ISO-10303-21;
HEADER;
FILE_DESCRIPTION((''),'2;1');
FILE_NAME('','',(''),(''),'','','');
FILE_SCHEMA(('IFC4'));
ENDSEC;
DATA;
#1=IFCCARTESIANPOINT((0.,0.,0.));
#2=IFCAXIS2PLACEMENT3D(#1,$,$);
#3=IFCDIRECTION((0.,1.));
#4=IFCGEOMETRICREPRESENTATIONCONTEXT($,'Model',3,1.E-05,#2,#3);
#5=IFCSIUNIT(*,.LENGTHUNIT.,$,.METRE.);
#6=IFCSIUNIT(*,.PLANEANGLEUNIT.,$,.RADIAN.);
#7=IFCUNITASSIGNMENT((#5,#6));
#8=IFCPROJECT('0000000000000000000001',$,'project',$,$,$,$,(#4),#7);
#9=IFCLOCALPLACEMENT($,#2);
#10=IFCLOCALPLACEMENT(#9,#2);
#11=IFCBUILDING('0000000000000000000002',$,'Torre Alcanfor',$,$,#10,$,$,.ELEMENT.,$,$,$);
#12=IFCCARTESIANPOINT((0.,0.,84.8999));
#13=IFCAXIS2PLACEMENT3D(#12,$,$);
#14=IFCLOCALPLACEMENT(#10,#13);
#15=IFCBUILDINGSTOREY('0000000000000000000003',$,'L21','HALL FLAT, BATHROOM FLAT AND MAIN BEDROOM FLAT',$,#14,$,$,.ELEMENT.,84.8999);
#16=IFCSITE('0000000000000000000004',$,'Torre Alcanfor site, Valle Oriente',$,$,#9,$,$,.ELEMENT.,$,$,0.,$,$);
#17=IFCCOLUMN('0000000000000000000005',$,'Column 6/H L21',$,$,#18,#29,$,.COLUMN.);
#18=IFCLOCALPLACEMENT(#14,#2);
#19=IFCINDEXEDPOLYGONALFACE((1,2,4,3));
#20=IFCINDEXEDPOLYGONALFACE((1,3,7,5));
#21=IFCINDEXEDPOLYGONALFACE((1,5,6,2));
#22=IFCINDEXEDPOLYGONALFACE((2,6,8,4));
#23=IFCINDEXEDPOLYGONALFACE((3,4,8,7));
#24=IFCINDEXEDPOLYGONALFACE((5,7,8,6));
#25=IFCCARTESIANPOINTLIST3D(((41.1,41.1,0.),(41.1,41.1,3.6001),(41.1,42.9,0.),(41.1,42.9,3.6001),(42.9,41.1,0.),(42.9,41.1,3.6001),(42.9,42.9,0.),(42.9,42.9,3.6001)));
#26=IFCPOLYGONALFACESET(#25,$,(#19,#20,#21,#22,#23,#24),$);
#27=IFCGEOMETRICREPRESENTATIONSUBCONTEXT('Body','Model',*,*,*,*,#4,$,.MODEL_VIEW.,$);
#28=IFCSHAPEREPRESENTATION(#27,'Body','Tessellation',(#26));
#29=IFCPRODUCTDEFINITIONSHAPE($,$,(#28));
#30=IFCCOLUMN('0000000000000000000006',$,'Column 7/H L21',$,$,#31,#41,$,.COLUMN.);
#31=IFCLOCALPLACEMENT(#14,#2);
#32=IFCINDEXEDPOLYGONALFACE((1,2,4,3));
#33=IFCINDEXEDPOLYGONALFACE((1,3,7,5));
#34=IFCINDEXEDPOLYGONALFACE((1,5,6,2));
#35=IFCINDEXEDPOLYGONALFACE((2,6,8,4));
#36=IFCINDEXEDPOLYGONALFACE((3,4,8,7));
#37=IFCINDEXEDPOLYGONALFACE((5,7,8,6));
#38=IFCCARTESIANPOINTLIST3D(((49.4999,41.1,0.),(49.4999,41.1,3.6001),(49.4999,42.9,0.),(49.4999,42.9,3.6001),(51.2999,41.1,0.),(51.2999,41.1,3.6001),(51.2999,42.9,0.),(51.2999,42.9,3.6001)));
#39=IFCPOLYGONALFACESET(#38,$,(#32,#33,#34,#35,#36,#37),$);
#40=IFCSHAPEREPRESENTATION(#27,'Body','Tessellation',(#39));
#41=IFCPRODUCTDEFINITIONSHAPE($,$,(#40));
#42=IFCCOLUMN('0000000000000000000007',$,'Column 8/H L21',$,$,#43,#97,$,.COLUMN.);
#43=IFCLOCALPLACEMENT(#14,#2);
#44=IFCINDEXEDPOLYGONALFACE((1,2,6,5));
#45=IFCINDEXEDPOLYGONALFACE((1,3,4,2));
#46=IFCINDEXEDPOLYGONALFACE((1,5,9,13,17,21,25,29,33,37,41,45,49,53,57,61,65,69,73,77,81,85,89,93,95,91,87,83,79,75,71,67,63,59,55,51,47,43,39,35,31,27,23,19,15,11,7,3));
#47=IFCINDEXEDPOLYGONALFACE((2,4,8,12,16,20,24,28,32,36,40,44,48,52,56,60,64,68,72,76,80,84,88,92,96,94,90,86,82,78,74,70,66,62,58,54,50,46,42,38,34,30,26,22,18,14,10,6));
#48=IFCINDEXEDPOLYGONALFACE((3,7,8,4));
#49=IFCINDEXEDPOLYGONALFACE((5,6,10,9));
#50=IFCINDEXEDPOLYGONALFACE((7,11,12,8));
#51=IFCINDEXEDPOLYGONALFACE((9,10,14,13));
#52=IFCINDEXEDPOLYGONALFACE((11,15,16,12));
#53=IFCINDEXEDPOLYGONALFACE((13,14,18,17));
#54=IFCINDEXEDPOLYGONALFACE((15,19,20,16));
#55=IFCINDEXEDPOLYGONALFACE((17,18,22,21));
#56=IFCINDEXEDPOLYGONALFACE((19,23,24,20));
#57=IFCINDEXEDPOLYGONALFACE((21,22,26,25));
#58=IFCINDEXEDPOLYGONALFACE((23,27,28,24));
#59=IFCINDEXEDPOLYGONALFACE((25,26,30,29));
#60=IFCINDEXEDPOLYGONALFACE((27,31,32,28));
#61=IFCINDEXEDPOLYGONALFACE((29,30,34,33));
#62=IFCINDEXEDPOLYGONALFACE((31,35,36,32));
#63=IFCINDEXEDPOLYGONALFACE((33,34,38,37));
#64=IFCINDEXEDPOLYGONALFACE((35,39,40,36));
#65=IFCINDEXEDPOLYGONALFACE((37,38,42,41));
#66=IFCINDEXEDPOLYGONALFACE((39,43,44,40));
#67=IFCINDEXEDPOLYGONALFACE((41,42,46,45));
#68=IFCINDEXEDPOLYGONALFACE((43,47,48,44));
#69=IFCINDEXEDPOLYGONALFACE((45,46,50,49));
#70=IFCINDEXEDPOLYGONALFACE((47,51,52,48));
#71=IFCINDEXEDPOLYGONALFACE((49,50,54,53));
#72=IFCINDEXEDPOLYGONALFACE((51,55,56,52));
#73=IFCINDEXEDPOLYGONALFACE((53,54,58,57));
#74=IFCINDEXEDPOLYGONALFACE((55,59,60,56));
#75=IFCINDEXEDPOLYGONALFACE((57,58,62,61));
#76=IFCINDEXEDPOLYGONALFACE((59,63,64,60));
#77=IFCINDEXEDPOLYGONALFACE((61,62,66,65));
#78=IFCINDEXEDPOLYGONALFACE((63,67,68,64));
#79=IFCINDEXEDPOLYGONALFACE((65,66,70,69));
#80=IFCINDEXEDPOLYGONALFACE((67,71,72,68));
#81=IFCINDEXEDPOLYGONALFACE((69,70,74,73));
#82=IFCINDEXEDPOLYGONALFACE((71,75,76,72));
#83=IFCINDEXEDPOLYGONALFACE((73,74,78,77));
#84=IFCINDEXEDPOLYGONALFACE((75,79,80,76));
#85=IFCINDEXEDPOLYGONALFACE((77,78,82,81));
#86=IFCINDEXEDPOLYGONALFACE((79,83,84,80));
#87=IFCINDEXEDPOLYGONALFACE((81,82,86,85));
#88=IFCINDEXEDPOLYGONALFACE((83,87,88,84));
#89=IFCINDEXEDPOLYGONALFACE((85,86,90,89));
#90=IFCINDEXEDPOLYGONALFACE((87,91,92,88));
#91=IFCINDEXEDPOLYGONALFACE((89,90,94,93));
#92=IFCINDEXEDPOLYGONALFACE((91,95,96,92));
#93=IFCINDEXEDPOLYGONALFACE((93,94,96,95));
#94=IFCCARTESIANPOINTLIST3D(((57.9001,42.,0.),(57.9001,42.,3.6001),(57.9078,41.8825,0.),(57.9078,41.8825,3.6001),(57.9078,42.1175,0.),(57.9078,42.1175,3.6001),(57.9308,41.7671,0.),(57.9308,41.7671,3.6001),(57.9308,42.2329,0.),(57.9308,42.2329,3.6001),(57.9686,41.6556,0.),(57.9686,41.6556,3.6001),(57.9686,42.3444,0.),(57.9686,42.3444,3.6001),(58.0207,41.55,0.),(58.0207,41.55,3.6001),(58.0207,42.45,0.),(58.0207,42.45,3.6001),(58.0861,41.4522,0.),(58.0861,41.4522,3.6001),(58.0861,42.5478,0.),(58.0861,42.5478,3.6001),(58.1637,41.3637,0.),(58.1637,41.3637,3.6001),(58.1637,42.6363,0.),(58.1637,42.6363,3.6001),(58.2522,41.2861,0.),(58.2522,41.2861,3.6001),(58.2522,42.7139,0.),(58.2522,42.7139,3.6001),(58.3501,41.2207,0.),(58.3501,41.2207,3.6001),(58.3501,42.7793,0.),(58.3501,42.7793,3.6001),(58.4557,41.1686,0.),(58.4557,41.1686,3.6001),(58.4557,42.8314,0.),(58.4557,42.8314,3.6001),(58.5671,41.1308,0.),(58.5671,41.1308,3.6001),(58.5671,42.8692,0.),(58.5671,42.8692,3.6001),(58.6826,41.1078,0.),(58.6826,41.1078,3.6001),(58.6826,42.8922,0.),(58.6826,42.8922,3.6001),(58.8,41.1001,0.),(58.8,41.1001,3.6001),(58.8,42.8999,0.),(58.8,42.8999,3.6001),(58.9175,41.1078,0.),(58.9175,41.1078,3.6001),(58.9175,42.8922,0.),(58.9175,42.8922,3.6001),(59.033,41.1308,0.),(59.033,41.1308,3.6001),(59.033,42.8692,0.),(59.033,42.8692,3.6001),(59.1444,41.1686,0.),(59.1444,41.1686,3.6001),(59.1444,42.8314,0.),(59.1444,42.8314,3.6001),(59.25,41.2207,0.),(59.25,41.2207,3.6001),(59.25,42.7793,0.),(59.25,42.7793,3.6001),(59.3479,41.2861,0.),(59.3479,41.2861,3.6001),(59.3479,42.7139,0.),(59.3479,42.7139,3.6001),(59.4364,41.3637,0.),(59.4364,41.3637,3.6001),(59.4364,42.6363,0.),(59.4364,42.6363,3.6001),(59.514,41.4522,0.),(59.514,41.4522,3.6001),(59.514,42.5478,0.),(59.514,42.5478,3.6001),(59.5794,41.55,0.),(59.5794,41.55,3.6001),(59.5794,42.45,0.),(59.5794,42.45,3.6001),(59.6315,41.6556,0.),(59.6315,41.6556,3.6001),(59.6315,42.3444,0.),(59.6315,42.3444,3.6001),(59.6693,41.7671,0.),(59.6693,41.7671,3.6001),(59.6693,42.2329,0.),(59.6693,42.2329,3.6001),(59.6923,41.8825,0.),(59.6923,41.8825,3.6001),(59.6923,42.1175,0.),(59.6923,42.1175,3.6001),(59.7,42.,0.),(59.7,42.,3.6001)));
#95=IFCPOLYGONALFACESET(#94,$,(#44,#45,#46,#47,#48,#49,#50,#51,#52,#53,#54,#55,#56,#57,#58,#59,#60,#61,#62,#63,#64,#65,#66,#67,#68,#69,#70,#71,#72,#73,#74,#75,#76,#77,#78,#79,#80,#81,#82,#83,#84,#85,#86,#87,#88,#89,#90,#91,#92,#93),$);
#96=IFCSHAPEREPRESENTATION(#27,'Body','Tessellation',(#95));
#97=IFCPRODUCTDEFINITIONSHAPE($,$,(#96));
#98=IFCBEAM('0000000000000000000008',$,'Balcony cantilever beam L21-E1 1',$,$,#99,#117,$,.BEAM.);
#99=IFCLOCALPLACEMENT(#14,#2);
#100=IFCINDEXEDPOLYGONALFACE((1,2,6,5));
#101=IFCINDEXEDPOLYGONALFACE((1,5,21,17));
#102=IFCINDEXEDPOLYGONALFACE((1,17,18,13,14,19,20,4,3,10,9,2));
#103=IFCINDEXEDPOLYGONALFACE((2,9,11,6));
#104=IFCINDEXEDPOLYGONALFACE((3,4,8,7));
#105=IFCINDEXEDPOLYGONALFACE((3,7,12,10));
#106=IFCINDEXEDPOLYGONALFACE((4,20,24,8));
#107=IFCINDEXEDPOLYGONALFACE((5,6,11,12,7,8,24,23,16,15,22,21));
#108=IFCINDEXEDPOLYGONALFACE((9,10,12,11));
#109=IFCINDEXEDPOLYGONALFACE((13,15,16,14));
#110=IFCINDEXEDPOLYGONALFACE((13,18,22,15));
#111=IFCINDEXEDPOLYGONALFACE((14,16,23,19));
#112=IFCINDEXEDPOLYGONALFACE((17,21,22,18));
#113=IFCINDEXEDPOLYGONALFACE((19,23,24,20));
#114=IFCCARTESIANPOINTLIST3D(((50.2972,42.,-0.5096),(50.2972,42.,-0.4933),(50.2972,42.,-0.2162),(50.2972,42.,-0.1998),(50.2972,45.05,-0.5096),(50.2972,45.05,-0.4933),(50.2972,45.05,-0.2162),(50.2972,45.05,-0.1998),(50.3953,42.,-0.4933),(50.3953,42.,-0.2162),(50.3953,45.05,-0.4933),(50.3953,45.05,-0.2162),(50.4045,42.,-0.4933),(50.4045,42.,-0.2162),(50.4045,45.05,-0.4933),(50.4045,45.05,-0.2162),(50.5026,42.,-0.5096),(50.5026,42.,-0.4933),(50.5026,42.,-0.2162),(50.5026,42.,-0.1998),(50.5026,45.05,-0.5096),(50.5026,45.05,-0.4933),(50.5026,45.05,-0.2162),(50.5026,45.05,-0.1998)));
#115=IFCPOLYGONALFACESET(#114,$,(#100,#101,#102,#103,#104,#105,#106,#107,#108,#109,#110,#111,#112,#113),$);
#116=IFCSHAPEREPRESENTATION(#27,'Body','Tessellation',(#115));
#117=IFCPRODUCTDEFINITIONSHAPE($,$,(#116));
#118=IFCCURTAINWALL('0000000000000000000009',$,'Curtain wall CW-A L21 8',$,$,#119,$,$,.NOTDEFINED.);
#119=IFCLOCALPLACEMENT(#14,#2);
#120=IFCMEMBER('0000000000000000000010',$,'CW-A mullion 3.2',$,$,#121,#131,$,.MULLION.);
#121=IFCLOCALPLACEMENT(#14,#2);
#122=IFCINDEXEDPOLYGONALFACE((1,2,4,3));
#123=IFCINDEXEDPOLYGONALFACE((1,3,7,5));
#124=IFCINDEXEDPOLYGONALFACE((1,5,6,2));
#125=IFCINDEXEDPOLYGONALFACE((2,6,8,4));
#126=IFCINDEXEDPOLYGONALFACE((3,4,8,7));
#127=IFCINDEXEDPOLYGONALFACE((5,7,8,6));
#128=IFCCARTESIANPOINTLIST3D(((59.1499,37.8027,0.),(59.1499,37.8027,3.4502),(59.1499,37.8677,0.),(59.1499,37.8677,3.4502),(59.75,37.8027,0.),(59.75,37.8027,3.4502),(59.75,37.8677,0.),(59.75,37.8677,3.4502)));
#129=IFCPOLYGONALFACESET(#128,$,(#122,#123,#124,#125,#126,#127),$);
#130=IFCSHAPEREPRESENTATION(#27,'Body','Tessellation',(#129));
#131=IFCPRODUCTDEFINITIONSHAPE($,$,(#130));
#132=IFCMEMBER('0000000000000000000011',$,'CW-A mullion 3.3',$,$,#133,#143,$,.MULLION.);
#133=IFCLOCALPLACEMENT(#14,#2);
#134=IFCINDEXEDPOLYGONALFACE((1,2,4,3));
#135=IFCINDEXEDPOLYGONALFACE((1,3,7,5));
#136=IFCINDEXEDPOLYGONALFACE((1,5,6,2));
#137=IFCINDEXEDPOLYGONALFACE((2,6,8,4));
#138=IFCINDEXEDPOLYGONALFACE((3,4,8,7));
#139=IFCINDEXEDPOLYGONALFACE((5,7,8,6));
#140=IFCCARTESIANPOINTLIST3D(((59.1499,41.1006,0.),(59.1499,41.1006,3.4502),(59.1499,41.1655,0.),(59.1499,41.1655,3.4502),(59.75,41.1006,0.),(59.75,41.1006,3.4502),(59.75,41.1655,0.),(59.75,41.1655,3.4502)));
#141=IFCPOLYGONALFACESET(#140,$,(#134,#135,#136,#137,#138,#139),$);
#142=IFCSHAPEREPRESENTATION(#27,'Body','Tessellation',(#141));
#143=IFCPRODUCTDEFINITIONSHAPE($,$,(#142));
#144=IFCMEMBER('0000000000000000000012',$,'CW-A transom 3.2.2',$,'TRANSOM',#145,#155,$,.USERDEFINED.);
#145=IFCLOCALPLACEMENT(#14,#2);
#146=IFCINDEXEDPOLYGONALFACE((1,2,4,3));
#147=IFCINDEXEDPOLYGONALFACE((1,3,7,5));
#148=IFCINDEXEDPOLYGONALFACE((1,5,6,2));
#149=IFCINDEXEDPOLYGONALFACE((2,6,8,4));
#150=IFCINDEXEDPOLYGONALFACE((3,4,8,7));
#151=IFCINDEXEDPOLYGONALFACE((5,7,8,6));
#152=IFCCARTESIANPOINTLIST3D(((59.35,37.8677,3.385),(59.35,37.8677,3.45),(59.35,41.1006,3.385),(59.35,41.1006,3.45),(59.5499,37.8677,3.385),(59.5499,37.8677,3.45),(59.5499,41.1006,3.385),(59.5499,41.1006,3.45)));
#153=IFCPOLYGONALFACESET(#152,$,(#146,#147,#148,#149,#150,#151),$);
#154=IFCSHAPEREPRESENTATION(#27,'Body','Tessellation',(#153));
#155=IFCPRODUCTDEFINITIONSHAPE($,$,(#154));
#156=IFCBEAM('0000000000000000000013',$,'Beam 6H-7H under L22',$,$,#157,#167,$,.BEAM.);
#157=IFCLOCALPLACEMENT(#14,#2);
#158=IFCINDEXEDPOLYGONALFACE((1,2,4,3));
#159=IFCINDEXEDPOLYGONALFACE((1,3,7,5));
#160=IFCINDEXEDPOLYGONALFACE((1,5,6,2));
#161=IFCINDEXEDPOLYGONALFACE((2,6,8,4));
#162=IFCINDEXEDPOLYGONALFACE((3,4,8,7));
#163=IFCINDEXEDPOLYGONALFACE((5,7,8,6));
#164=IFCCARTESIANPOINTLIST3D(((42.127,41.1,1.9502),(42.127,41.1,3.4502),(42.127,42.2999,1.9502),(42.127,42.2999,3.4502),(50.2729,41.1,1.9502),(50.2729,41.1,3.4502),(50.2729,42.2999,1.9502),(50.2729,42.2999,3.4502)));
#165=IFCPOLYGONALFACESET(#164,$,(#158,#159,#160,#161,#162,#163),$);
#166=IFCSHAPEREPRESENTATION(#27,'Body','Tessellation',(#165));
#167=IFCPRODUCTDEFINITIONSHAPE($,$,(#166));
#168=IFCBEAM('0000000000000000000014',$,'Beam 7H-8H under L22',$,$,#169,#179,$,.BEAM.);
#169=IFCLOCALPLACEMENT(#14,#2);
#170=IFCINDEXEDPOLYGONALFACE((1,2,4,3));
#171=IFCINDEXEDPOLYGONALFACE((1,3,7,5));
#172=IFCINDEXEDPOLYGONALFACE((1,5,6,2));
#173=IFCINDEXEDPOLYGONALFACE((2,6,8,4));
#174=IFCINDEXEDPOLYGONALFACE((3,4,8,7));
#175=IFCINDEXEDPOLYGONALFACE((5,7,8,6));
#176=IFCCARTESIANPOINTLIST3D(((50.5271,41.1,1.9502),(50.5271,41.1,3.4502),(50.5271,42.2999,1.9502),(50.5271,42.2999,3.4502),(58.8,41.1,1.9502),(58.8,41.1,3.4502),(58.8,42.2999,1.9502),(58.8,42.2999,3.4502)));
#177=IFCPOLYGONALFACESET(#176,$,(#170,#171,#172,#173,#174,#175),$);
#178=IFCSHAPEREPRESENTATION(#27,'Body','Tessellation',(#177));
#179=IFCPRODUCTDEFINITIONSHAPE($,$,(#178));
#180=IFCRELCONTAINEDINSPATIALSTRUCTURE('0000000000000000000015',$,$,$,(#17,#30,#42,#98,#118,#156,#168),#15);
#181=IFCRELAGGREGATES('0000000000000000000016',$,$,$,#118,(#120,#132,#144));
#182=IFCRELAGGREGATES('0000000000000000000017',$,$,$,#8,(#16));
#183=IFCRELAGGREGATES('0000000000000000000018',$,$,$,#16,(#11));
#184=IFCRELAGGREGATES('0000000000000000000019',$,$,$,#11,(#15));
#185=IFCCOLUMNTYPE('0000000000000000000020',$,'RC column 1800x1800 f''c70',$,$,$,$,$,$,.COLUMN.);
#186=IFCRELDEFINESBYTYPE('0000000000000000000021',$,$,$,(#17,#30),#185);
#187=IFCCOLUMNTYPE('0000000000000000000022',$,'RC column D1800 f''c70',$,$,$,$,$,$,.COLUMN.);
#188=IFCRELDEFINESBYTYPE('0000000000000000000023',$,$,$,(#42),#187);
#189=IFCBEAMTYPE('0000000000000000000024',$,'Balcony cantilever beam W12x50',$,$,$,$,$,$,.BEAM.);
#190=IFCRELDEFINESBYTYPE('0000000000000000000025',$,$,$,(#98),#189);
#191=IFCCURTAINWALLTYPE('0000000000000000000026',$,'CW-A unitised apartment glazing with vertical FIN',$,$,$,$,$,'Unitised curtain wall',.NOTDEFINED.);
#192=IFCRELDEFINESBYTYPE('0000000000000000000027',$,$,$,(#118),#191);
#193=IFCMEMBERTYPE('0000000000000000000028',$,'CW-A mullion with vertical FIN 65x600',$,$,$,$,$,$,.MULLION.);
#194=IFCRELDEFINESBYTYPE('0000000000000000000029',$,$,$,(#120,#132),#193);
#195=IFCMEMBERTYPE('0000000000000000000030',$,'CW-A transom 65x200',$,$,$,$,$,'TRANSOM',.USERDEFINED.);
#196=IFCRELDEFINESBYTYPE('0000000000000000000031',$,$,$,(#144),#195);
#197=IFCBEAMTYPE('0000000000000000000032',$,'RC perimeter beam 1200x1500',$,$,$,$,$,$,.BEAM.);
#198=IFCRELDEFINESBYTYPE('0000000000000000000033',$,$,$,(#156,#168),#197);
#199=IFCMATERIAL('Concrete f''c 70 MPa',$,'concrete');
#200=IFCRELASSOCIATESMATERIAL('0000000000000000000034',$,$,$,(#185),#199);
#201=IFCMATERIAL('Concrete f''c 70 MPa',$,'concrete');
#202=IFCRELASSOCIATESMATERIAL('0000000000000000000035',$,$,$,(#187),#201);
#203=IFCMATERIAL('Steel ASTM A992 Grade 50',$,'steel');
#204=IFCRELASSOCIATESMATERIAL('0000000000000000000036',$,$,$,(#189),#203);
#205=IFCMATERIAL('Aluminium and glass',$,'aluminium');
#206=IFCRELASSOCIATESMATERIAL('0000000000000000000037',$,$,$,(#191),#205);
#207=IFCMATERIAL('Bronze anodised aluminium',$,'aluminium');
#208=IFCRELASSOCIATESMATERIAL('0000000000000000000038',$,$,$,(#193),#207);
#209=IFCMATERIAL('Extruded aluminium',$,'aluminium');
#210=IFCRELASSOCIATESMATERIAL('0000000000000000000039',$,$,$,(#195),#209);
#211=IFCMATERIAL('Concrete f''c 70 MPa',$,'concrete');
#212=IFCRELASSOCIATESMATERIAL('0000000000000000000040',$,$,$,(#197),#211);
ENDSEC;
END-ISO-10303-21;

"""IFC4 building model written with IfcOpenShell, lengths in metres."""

from ifc_helpers import new_model, si_unit, direction, frame, origin, origin_2d, place, context, subcontext, project, spatial, rectangle, circle, i_section, extrude, material, material_profile, profile_set, type_object, element, aggregate, save


model = new_model("IFC4")

# Units and contexts
model_context = context("Model", 3, precision=1e-05, world=origin(), true_north=direction((0.0, 1.0)))
body_context = subcontext(model_context, "Body", "Model", "MODEL_VIEW")
ifc_project = project(units=[si_unit("LENGTHUNIT", "METRE"), si_unit("PLANEANGLEUNIT", "RADIAN")], contexts=[model_context])

# Site, building, storey
site_placement = place(None, origin())
site = spatial("IfcSite", under=ifc_project, at=site_placement, Name="Torre Alcanfor site, Valle Oriente", CompositionType="ELEMENT", RefElevation=0.0)
building_placement = place(site_placement, origin())
building = spatial("IfcBuilding", under=site, at=building_placement, Name="Torre Alcanfor", CompositionType="ELEMENT")
storey_placement = place(building_placement, frame((0.0, 0.0, 84.8999)))
storey = spatial("IfcBuildingStorey", under=building, at=storey_placement, Name="L21", Description="HALL FLAT, BATHROOM FLAT AND MAIN BEDROOM FLAT", CompositionType="ELEMENT", Elevation=84.8999)

# Columns
ifc_material_1 = material(Name="Concrete f'c 70 MPa", Category="concrete")
ifc_material_profile_1 = material_profile(ifc_material_1, rectangle(XDim=1.8, YDim=1.8, at=origin_2d()), Name="1800x1800")
ifc_profile_set_1 = profile_set([ifc_material_profile_1], Name="Concrete f'c 70 MPa")
column_type_1 = type_object("IfcColumnType", Name="RC column 1800x1800 f'c70", PredefinedType="COLUMN", material=ifc_profile_set_1)
for number, where, z_axis, x_axis, name in (
    (1, (42.0, 42.0, 0.0), (0.0, 0.0, 1.0), (1.0, 0.0, 0.0), "Column 6/H L21"),
    (2, (50.3999, 42.0, 0.0), (0.0, 0.0, 1.0), (1.0, 0.0, 0.0), "Column 7/H L21"),
):
    element("IfcColumn", number, at=place(storey_placement, frame(where, z_axis=z_axis, x_axis=x_axis)), inside=storey, type_object=column_type_1, Name=name, PredefinedType="COLUMN", context=body_context, shape_type="SweptSolid", body=[
        extrude(rectangle(XDim=1.8, YDim=1.8, at=origin_2d()), origin(), (0.0, 0.0, 1.0), 3.6001),
    ])
ifc_material_2 = material(Name="Concrete f'c 70 MPa", Category="concrete")
ifc_material_profile_2 = material_profile(ifc_material_2, circle(Radius=0.8999, at=origin_2d()), Name="D1800")
ifc_profile_set_2 = profile_set([ifc_material_profile_2], Name="Concrete f'c 70 MPa")
column_type_2 = type_object("IfcColumnType", Name="RC column D1800 f'c70", PredefinedType="COLUMN", material=ifc_profile_set_2)
column_placement = place(storey_placement, frame((58.8, 42.0, 0.0), z_axis=(0.0, 0.0, 1.0), x_axis=(1.0, 0.0, 0.0)))
element("IfcColumn", 3, at=column_placement, inside=storey, type_object=column_type_2, Name="Column 8/H L21", PredefinedType="COLUMN", context=body_context, shape_type="SweptSolid", body=[
    extrude(circle(Radius=0.8999, at=origin_2d()), origin(), (0.0, 0.0, 1.0), 3.6001),
])

# Beam
ifc_material_3 = material(Name="Steel ASTM A992 Grade 50", Category="steel")
ifc_material_profile_3 = material_profile(ifc_material_3, i_section(OverallWidth=0.2053, OverallDepth=0.3098, WebThickness=0.0093, FlangeThickness=0.0164, at=origin_2d()), Name="W12x50")
ifc_profile_set_3 = profile_set([ifc_material_profile_3], Name="Steel ASTM A992 Grade 50")
beam_type_1 = type_object("IfcBeamType", Name="Balcony cantilever beam W12x50", PredefinedType="BEAM", material=ifc_profile_set_3)
beam_1_placement = place(storey_placement, frame((50.3999, 42.0, -0.3547), z_axis=(0.0, 1.0, 0.0), x_axis=(-1.0, 0.0, 0.0)))
element("IfcBeam", 4, at=beam_1_placement, inside=storey, type_object=beam_type_1, Name="Balcony cantilever beam L21-E1 1", PredefinedType="BEAM", context=body_context, shape_type="SweptSolid", body=[
    extrude(i_section(OverallWidth=0.2053, OverallDepth=0.3098, WebThickness=0.0093, FlangeThickness=0.0164, at=origin_2d()), origin(), (0.0, 0.0, 1.0), 3.05),
])

# Curtain wall, members
ifc_material_4 = material(Name="Aluminium and glass", Category="aluminium")
curtain_wall_type = type_object("IfcCurtainWallType", Name="CW-A unitised apartment glazing with vertical FIN", ElementType="Unitised curtain wall", PredefinedType="NOTDEFINED", material=ifc_material_4)
curtain_wall_placement = place(storey_placement, origin())
curtain_wall = element("IfcCurtainWall", 5, at=curtain_wall_placement, inside=storey, type_object=curtain_wall_type, Name="Curtain wall CW-A L21 8", PredefinedType="NOTDEFINED")
ifc_material_5 = material(Name="Bronze anodised aluminium", Category="aluminium")
ifc_material_profile_4 = material_profile(ifc_material_5, rectangle(XDim=0.6001, YDim=0.0649, at=origin_2d()), Name="CW-A mullion 65x600")
ifc_profile_set_4 = profile_set([ifc_material_profile_4], Name="Bronze anodised aluminium")
member_type_1 = type_object("IfcMemberType", Name="CW-A mullion with vertical FIN 65x600", PredefinedType="MULLION", material=ifc_profile_set_4)
member_1_placement = place(storey_placement, frame((59.45, 37.8352, 0.0), z_axis=(0.0, 0.0, 1.0), x_axis=(-1.0, 0.0, 0.0)))
member_1 = element("IfcMember", 6, at=member_1_placement, type_object=member_type_1, Name="CW-A mullion 3.2", PredefinedType="MULLION", context=body_context, shape_type="SweptSolid", body=[
    extrude(rectangle(XDim=0.6001, YDim=0.0649, at=origin_2d()), origin(), (0.0, 0.0, 1.0), 3.4502),
])
member_2_placement = place(storey_placement, frame((59.45, 41.1331, 0.0), z_axis=(0.0, 0.0, 1.0), x_axis=(-1.0, 0.0, 0.0)))
member_2 = element("IfcMember", 7, at=member_2_placement, type_object=member_type_1, Name="CW-A mullion 3.3", PredefinedType="MULLION", context=body_context, shape_type="SweptSolid", body=[
    extrude(rectangle(XDim=0.6001, YDim=0.0649, at=origin_2d()), origin(), (0.0, 0.0, 1.0), 3.4502),
])
ifc_material_6 = material(Name="Extruded aluminium", Category="aluminium")
ifc_material_profile_5 = material_profile(ifc_material_6, rectangle(XDim=0.2, YDim=0.0649, at=origin_2d()), Name="CW-A transom 200x65")
ifc_profile_set_5 = profile_set([ifc_material_profile_5], Name="Extruded aluminium")
member_type_2 = type_object("IfcMemberType", Name="CW-A transom 65x200", ElementType="TRANSOM", PredefinedType="USERDEFINED", material=ifc_profile_set_5)
member_3_placement = place(storey_placement, frame((59.45, 37.8677, 3.4175), z_axis=(0.0, 1.0, 0.0), x_axis=(-1.0, 0.0, 0.0)))
member_3 = element("IfcMember", 8, at=member_3_placement, type_object=member_type_2, Name="CW-A transom 3.2.2", ObjectType="TRANSOM", PredefinedType="USERDEFINED", context=body_context, shape_type="SweptSolid", body=[
    extrude(rectangle(XDim=0.2, YDim=0.0649, at=origin_2d()), origin(), (0.0, 0.0, 1.0), 3.2329),
])

# Beams
ifc_material_7 = material(Name="Concrete f'c 70 MPa", Category="concrete")
ifc_material_profile_6 = material_profile(ifc_material_7, rectangle(XDim=1.2, YDim=1.5, at=origin_2d()), Name="1200x1500")
ifc_profile_set_6 = profile_set([ifc_material_profile_6], Name="Concrete f'c 70 MPa")
beam_type_2 = type_object("IfcBeamType", Name="RC perimeter beam 1200x1500", PredefinedType="BEAM", material=ifc_profile_set_6)
beam_2_placement = place(storey_placement, frame((42.127, 41.7, 2.7002), z_axis=(1.0, 0.0, 0.0), x_axis=(0.0, 1.0, 0.0)))
element("IfcBeam", 9, at=beam_2_placement, inside=storey, type_object=beam_type_2, Name="Beam 6H-7H under L22", PredefinedType="BEAM", context=body_context, shape_type="SweptSolid", body=[
    extrude(rectangle(XDim=1.2, YDim=1.5, at=origin_2d()), origin(), (0.0, 0.0, 1.0), 8.146),
])
beam_3_placement = place(storey_placement, frame((50.5271, 41.7, 2.7002), z_axis=(1.0, 0.0, 0.0), x_axis=(0.0, 1.0, 0.0)))
element("IfcBeam", 10, at=beam_3_placement, inside=storey, type_object=beam_type_2, Name="Beam 7H-8H under L22", PredefinedType="BEAM", context=body_context, shape_type="SweptSolid", body=[
    extrude(rectangle(XDim=1.2, YDim=1.5, at=origin_2d()), origin(), (0.0, 0.0, 1.0), 8.2729),
])

aggregate(curtain_wall, [member_1, member_2, member_3])

save(model, "model.ifc")
